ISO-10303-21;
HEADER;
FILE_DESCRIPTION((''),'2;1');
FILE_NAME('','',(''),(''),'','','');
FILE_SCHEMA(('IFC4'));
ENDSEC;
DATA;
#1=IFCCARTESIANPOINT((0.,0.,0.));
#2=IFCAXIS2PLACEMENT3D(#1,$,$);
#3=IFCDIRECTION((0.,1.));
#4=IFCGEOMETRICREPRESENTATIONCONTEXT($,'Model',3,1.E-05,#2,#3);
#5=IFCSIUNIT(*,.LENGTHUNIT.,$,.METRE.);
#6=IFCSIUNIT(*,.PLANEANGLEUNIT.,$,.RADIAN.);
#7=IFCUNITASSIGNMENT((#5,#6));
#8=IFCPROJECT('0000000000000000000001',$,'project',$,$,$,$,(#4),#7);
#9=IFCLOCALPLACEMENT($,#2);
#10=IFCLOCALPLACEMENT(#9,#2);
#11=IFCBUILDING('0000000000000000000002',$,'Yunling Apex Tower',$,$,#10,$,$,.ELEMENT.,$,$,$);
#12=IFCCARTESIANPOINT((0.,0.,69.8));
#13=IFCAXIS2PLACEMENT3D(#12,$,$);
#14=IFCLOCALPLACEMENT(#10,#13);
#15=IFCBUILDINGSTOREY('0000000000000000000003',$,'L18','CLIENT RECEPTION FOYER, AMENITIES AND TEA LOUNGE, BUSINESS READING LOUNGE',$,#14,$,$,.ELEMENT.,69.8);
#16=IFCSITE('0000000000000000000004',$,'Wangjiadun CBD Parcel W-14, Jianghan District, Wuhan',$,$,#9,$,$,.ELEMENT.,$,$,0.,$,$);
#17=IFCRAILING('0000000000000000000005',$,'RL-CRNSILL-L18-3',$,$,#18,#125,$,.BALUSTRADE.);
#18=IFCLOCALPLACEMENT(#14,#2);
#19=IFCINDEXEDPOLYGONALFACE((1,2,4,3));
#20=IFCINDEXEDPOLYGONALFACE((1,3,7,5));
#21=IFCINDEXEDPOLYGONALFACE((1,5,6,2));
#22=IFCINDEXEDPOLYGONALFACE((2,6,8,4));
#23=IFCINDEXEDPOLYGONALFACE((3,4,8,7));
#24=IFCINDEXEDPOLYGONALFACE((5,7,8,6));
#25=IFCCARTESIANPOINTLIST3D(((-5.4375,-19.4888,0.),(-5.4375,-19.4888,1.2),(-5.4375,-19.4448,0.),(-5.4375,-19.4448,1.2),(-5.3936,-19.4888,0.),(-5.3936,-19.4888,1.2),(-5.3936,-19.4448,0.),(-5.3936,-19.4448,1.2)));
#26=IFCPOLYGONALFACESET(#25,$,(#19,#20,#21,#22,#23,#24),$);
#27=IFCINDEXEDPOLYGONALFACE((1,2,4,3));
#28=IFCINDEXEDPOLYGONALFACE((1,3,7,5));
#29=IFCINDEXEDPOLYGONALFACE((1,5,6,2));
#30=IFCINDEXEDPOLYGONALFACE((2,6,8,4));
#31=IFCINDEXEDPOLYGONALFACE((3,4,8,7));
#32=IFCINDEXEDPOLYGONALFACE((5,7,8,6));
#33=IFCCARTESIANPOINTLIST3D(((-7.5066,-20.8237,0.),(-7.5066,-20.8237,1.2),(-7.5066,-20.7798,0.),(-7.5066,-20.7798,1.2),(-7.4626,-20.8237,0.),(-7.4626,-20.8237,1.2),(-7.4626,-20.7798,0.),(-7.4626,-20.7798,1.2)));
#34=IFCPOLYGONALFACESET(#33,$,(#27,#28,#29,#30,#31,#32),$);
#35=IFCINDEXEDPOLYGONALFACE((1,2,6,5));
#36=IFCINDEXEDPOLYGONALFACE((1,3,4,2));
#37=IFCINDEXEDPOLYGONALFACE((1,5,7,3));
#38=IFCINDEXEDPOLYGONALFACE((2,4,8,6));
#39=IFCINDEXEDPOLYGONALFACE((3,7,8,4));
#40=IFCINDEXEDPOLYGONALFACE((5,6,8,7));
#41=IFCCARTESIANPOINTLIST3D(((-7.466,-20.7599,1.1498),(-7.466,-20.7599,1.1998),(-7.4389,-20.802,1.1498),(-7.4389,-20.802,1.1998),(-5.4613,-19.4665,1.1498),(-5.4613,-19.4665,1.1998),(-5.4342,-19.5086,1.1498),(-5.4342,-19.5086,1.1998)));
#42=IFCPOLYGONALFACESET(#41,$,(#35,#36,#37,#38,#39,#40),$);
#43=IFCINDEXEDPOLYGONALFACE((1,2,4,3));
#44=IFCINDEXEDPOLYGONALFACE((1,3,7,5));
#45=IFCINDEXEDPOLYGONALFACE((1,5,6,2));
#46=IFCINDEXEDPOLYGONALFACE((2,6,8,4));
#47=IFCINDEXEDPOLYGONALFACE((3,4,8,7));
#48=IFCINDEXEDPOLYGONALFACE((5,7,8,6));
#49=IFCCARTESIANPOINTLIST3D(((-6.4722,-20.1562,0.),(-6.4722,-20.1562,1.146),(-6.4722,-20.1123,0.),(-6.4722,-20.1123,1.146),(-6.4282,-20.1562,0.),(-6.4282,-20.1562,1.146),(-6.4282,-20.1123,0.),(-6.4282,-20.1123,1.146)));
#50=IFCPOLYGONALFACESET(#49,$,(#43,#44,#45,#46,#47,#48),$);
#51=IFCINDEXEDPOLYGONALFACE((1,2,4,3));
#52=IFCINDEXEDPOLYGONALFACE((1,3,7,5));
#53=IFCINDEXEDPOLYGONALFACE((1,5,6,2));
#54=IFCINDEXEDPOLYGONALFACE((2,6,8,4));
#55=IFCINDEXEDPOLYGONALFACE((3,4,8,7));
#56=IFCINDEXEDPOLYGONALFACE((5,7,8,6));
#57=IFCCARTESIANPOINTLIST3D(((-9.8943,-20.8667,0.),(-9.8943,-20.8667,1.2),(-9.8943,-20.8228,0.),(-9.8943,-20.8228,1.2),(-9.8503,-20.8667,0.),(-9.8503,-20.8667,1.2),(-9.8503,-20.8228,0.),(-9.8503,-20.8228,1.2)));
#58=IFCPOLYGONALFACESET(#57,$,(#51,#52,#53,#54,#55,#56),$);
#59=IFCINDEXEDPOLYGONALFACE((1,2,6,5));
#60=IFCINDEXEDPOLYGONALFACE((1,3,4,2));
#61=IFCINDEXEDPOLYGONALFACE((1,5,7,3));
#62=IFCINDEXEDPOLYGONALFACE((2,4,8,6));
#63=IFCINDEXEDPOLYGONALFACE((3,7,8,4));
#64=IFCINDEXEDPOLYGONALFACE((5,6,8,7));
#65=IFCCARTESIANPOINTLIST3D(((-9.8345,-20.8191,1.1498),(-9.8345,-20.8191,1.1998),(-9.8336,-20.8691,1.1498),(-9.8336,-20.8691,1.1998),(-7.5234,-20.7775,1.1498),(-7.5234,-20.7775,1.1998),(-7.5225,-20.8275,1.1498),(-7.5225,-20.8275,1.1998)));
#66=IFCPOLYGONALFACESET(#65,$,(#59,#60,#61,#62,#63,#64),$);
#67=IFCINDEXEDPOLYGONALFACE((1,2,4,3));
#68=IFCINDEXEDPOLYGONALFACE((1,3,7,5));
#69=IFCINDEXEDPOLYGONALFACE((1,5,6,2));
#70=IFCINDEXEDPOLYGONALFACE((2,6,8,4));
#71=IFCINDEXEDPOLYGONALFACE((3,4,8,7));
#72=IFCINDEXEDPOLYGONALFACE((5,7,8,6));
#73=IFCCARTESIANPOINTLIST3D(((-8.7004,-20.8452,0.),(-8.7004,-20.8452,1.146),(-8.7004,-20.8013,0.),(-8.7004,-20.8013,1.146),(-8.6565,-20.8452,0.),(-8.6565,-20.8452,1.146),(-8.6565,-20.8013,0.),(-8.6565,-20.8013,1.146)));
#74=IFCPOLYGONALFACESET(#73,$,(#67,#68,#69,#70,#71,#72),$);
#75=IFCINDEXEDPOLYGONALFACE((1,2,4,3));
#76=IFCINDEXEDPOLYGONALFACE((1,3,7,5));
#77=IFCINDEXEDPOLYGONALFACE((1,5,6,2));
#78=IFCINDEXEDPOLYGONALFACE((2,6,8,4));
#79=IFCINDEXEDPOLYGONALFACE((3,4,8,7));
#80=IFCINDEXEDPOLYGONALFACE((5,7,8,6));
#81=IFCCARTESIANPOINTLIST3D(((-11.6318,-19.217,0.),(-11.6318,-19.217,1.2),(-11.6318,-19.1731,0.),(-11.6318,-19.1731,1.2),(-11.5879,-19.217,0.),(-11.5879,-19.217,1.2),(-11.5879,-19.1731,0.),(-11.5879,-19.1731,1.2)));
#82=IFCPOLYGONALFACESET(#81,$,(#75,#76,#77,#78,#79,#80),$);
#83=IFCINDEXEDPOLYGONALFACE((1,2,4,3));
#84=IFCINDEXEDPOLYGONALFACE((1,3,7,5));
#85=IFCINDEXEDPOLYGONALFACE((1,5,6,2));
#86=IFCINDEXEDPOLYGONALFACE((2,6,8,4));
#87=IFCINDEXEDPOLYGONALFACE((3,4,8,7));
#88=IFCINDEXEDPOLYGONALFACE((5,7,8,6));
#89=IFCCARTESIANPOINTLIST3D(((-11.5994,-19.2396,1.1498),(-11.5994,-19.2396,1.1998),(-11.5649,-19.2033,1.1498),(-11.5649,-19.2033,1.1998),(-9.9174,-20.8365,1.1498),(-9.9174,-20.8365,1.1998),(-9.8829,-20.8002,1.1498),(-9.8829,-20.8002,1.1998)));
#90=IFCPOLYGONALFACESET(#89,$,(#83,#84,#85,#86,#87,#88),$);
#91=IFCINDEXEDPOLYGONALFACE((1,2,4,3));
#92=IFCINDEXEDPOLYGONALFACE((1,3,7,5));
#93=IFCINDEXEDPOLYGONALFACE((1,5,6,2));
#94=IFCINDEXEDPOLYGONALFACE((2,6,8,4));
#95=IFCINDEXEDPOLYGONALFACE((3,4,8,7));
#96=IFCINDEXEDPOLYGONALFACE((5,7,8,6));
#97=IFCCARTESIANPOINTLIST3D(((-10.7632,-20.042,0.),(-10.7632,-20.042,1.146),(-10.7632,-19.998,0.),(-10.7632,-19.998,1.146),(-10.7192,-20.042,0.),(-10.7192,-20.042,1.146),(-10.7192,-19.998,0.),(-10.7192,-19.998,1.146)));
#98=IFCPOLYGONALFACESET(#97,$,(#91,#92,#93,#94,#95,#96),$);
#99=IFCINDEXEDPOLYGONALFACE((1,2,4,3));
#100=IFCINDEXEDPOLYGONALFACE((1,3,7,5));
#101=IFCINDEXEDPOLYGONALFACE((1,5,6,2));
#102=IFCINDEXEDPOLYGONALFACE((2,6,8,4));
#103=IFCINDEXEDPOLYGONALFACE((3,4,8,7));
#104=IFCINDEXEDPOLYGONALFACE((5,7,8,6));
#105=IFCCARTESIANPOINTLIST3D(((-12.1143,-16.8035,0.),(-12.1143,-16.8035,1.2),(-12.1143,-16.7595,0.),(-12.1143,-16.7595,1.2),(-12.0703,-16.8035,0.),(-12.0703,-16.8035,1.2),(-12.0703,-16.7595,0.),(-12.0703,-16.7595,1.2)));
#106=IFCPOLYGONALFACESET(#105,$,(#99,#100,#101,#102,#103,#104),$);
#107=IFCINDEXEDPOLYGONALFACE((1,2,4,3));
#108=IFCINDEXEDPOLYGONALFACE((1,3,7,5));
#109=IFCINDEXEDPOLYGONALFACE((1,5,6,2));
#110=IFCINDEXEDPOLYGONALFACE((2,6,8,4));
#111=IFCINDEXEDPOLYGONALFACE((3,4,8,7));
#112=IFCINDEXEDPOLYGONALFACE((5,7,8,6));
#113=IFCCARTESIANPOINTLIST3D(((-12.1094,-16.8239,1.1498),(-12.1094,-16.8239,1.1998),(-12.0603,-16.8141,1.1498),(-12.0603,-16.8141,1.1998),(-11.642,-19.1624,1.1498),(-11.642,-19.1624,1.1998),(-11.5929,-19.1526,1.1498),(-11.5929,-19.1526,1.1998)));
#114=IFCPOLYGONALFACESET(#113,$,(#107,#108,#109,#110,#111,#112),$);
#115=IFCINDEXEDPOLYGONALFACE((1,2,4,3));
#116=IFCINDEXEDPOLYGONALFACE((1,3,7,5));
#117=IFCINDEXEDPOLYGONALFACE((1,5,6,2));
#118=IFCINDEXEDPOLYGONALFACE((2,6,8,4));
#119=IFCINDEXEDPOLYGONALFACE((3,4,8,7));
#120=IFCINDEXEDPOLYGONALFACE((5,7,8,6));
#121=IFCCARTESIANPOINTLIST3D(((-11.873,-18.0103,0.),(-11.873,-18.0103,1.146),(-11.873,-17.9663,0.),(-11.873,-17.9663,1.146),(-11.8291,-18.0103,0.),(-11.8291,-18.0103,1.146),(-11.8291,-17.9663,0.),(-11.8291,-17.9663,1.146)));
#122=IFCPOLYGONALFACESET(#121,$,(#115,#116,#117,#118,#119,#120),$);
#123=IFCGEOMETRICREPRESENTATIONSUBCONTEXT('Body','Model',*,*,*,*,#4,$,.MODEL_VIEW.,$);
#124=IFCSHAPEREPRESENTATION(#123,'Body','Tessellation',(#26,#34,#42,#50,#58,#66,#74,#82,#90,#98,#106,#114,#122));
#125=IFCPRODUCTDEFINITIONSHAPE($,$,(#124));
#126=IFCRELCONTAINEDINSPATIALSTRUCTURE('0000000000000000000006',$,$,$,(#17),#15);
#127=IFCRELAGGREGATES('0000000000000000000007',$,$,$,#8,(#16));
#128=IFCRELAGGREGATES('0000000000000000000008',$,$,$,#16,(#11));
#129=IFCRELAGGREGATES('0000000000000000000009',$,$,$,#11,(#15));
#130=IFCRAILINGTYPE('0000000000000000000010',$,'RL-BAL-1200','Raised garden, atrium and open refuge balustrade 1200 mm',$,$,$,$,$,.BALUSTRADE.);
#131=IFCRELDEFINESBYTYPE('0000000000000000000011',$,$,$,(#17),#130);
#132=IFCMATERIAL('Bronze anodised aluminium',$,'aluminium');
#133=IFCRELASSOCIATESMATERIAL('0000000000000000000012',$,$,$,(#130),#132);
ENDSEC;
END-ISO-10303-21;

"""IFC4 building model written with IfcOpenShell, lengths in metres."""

from ifc_helpers import new_model, si_unit, direction, frame, origin, origin_2d, place, context, subcontext, project, spatial, rectangle, extrude, material, type_object, element, save


model = new_model("IFC4")

# Units and contexts
model_context = context("Model", 3, precision=1e-05, world=origin(), true_north=direction((0.0, 1.0)))
body_context = subcontext(model_context, "Body", "Model", "MODEL_VIEW")
ifc_project = project(units=[si_unit("LENGTHUNIT", "METRE"), si_unit("PLANEANGLEUNIT", "RADIAN")], contexts=[model_context])

# Site, building, storey
site_placement = place(None, origin())
site = spatial("IfcSite", under=ifc_project, at=site_placement, Name="Wangjiadun CBD Parcel W-14, Jianghan District, Wuhan", CompositionType="ELEMENT", RefElevation=0.0)
building_placement = place(site_placement, origin())
building = spatial("IfcBuilding", under=site, at=building_placement, Name="Yunling Apex Tower", CompositionType="ELEMENT")
storey_placement = place(building_placement, frame((0.0, 0.0, 69.8)))
storey = spatial("IfcBuildingStorey", under=building, at=storey_placement, Name="L18", Description="CLIENT RECEPTION FOYER, AMENITIES AND TEA LOUNGE, BUSINESS READING LOUNGE", CompositionType="ELEMENT", Elevation=69.8)

# Shared definitions
ifc_material_1 = material(Name="Bronze anodised aluminium", Category="aluminium")

# Railing
railing_type = type_object("IfcRailingType", Name="RL-BAL-1200", Description="Raised garden, atrium and open refuge balustrade 1200 mm", PredefinedType="BALUSTRADE", material=ifc_material_1)
railing_placement = place(storey_placement, frame((-5.4155, -19.4668, 0.0)))
element("IfcRailing", 1, at=railing_placement, inside=storey, type_object=railing_type, Name="RL-CRNSILL-L18-3", PredefinedType="BALUSTRADE", context=body_context, shape_type="SweptSolid", body=[
    extrude(rectangle(XDim=0.0439, YDim=0.0439, at=origin_2d()), origin(), (0.0, 0.0, 1.0), 1.2),
    extrude(rectangle(XDim=0.0439, YDim=0.0439, at=origin_2d()), frame((-2.0691, -1.335, 0.0)), (0.0, 0.0, 1.0), 1.2),
    extrude(rectangle(XDim=0.05, YDim=0.05, at=origin_2d()), frame((-0.0322, -0.0208, 1.1748), z_axis=(-0.840285, -0.542145, 0.0), x_axis=(0.542145, -0.840285, 0.0)), (0.0, 0.0, 1.0), 2.3857),
    extrude(rectangle(XDim=0.0439, YDim=0.0439, at=origin_2d()), frame((-1.0347, -0.6675, 0.0)), (0.0, 0.0, 1.0), 1.146),
    extrude(rectangle(XDim=0.0439, YDim=0.0439, at=origin_2d()), frame((-4.4568, -1.3779, 0.0)), (0.0, 0.0, 1.0), 1.2),
    extrude(rectangle(XDim=0.05, YDim=0.05, at=origin_2d()), frame((-2.1074, -1.3357, 1.1748), z_axis=(-0.999838, -0.017993, 0.0), x_axis=(0.017993, -0.999838, 0.0)), (0.0, 0.0, 1.0), 2.3115),
    extrude(rectangle(XDim=0.0439, YDim=0.0439, at=origin_2d()), frame((-3.2629, -1.3564, 0.0)), (0.0, 0.0, 1.0), 1.146),
    extrude(rectangle(XDim=0.0439, YDim=0.0439, at=origin_2d()), frame((-6.1943, 0.2717, 0.0)), (0.0, 0.0, 1.0), 1.2),
    extrude(rectangle(XDim=0.05, YDim=0.05, at=origin_2d()), frame((-4.4846, -1.3516, 1.1748), z_axis=(-0.725211, 0.688527, 0.0), x_axis=(-0.688527, -0.725211, 0.0)), (0.0, 0.0, 1.0), 2.3193),
    extrude(rectangle(XDim=0.0439, YDim=0.0439, at=origin_2d()), frame((-5.3257, -0.5532, 0.0)), (0.0, 0.0, 1.0), 1.146),
    extrude(rectangle(XDim=0.0439, YDim=0.0439, at=origin_2d()), frame((-6.6768, 2.6853, 0.0)), (0.0, 0.0, 1.0), 1.2),
    extrude(rectangle(XDim=0.05, YDim=0.05, at=origin_2d()), frame((-6.2019, 0.3093, 1.1748), z_axis=(-0.196002, 0.980604, 0.0), x_axis=(-0.980604, -0.196002, 0.0)), (0.0, 0.0, 1.0), 2.3848),
    extrude(rectangle(XDim=0.0439, YDim=0.0439, at=origin_2d()), frame((-6.4355, 1.4785, 0.0)), (0.0, 0.0, 1.0), 1.146),
])

save(model, "model.ifc")
